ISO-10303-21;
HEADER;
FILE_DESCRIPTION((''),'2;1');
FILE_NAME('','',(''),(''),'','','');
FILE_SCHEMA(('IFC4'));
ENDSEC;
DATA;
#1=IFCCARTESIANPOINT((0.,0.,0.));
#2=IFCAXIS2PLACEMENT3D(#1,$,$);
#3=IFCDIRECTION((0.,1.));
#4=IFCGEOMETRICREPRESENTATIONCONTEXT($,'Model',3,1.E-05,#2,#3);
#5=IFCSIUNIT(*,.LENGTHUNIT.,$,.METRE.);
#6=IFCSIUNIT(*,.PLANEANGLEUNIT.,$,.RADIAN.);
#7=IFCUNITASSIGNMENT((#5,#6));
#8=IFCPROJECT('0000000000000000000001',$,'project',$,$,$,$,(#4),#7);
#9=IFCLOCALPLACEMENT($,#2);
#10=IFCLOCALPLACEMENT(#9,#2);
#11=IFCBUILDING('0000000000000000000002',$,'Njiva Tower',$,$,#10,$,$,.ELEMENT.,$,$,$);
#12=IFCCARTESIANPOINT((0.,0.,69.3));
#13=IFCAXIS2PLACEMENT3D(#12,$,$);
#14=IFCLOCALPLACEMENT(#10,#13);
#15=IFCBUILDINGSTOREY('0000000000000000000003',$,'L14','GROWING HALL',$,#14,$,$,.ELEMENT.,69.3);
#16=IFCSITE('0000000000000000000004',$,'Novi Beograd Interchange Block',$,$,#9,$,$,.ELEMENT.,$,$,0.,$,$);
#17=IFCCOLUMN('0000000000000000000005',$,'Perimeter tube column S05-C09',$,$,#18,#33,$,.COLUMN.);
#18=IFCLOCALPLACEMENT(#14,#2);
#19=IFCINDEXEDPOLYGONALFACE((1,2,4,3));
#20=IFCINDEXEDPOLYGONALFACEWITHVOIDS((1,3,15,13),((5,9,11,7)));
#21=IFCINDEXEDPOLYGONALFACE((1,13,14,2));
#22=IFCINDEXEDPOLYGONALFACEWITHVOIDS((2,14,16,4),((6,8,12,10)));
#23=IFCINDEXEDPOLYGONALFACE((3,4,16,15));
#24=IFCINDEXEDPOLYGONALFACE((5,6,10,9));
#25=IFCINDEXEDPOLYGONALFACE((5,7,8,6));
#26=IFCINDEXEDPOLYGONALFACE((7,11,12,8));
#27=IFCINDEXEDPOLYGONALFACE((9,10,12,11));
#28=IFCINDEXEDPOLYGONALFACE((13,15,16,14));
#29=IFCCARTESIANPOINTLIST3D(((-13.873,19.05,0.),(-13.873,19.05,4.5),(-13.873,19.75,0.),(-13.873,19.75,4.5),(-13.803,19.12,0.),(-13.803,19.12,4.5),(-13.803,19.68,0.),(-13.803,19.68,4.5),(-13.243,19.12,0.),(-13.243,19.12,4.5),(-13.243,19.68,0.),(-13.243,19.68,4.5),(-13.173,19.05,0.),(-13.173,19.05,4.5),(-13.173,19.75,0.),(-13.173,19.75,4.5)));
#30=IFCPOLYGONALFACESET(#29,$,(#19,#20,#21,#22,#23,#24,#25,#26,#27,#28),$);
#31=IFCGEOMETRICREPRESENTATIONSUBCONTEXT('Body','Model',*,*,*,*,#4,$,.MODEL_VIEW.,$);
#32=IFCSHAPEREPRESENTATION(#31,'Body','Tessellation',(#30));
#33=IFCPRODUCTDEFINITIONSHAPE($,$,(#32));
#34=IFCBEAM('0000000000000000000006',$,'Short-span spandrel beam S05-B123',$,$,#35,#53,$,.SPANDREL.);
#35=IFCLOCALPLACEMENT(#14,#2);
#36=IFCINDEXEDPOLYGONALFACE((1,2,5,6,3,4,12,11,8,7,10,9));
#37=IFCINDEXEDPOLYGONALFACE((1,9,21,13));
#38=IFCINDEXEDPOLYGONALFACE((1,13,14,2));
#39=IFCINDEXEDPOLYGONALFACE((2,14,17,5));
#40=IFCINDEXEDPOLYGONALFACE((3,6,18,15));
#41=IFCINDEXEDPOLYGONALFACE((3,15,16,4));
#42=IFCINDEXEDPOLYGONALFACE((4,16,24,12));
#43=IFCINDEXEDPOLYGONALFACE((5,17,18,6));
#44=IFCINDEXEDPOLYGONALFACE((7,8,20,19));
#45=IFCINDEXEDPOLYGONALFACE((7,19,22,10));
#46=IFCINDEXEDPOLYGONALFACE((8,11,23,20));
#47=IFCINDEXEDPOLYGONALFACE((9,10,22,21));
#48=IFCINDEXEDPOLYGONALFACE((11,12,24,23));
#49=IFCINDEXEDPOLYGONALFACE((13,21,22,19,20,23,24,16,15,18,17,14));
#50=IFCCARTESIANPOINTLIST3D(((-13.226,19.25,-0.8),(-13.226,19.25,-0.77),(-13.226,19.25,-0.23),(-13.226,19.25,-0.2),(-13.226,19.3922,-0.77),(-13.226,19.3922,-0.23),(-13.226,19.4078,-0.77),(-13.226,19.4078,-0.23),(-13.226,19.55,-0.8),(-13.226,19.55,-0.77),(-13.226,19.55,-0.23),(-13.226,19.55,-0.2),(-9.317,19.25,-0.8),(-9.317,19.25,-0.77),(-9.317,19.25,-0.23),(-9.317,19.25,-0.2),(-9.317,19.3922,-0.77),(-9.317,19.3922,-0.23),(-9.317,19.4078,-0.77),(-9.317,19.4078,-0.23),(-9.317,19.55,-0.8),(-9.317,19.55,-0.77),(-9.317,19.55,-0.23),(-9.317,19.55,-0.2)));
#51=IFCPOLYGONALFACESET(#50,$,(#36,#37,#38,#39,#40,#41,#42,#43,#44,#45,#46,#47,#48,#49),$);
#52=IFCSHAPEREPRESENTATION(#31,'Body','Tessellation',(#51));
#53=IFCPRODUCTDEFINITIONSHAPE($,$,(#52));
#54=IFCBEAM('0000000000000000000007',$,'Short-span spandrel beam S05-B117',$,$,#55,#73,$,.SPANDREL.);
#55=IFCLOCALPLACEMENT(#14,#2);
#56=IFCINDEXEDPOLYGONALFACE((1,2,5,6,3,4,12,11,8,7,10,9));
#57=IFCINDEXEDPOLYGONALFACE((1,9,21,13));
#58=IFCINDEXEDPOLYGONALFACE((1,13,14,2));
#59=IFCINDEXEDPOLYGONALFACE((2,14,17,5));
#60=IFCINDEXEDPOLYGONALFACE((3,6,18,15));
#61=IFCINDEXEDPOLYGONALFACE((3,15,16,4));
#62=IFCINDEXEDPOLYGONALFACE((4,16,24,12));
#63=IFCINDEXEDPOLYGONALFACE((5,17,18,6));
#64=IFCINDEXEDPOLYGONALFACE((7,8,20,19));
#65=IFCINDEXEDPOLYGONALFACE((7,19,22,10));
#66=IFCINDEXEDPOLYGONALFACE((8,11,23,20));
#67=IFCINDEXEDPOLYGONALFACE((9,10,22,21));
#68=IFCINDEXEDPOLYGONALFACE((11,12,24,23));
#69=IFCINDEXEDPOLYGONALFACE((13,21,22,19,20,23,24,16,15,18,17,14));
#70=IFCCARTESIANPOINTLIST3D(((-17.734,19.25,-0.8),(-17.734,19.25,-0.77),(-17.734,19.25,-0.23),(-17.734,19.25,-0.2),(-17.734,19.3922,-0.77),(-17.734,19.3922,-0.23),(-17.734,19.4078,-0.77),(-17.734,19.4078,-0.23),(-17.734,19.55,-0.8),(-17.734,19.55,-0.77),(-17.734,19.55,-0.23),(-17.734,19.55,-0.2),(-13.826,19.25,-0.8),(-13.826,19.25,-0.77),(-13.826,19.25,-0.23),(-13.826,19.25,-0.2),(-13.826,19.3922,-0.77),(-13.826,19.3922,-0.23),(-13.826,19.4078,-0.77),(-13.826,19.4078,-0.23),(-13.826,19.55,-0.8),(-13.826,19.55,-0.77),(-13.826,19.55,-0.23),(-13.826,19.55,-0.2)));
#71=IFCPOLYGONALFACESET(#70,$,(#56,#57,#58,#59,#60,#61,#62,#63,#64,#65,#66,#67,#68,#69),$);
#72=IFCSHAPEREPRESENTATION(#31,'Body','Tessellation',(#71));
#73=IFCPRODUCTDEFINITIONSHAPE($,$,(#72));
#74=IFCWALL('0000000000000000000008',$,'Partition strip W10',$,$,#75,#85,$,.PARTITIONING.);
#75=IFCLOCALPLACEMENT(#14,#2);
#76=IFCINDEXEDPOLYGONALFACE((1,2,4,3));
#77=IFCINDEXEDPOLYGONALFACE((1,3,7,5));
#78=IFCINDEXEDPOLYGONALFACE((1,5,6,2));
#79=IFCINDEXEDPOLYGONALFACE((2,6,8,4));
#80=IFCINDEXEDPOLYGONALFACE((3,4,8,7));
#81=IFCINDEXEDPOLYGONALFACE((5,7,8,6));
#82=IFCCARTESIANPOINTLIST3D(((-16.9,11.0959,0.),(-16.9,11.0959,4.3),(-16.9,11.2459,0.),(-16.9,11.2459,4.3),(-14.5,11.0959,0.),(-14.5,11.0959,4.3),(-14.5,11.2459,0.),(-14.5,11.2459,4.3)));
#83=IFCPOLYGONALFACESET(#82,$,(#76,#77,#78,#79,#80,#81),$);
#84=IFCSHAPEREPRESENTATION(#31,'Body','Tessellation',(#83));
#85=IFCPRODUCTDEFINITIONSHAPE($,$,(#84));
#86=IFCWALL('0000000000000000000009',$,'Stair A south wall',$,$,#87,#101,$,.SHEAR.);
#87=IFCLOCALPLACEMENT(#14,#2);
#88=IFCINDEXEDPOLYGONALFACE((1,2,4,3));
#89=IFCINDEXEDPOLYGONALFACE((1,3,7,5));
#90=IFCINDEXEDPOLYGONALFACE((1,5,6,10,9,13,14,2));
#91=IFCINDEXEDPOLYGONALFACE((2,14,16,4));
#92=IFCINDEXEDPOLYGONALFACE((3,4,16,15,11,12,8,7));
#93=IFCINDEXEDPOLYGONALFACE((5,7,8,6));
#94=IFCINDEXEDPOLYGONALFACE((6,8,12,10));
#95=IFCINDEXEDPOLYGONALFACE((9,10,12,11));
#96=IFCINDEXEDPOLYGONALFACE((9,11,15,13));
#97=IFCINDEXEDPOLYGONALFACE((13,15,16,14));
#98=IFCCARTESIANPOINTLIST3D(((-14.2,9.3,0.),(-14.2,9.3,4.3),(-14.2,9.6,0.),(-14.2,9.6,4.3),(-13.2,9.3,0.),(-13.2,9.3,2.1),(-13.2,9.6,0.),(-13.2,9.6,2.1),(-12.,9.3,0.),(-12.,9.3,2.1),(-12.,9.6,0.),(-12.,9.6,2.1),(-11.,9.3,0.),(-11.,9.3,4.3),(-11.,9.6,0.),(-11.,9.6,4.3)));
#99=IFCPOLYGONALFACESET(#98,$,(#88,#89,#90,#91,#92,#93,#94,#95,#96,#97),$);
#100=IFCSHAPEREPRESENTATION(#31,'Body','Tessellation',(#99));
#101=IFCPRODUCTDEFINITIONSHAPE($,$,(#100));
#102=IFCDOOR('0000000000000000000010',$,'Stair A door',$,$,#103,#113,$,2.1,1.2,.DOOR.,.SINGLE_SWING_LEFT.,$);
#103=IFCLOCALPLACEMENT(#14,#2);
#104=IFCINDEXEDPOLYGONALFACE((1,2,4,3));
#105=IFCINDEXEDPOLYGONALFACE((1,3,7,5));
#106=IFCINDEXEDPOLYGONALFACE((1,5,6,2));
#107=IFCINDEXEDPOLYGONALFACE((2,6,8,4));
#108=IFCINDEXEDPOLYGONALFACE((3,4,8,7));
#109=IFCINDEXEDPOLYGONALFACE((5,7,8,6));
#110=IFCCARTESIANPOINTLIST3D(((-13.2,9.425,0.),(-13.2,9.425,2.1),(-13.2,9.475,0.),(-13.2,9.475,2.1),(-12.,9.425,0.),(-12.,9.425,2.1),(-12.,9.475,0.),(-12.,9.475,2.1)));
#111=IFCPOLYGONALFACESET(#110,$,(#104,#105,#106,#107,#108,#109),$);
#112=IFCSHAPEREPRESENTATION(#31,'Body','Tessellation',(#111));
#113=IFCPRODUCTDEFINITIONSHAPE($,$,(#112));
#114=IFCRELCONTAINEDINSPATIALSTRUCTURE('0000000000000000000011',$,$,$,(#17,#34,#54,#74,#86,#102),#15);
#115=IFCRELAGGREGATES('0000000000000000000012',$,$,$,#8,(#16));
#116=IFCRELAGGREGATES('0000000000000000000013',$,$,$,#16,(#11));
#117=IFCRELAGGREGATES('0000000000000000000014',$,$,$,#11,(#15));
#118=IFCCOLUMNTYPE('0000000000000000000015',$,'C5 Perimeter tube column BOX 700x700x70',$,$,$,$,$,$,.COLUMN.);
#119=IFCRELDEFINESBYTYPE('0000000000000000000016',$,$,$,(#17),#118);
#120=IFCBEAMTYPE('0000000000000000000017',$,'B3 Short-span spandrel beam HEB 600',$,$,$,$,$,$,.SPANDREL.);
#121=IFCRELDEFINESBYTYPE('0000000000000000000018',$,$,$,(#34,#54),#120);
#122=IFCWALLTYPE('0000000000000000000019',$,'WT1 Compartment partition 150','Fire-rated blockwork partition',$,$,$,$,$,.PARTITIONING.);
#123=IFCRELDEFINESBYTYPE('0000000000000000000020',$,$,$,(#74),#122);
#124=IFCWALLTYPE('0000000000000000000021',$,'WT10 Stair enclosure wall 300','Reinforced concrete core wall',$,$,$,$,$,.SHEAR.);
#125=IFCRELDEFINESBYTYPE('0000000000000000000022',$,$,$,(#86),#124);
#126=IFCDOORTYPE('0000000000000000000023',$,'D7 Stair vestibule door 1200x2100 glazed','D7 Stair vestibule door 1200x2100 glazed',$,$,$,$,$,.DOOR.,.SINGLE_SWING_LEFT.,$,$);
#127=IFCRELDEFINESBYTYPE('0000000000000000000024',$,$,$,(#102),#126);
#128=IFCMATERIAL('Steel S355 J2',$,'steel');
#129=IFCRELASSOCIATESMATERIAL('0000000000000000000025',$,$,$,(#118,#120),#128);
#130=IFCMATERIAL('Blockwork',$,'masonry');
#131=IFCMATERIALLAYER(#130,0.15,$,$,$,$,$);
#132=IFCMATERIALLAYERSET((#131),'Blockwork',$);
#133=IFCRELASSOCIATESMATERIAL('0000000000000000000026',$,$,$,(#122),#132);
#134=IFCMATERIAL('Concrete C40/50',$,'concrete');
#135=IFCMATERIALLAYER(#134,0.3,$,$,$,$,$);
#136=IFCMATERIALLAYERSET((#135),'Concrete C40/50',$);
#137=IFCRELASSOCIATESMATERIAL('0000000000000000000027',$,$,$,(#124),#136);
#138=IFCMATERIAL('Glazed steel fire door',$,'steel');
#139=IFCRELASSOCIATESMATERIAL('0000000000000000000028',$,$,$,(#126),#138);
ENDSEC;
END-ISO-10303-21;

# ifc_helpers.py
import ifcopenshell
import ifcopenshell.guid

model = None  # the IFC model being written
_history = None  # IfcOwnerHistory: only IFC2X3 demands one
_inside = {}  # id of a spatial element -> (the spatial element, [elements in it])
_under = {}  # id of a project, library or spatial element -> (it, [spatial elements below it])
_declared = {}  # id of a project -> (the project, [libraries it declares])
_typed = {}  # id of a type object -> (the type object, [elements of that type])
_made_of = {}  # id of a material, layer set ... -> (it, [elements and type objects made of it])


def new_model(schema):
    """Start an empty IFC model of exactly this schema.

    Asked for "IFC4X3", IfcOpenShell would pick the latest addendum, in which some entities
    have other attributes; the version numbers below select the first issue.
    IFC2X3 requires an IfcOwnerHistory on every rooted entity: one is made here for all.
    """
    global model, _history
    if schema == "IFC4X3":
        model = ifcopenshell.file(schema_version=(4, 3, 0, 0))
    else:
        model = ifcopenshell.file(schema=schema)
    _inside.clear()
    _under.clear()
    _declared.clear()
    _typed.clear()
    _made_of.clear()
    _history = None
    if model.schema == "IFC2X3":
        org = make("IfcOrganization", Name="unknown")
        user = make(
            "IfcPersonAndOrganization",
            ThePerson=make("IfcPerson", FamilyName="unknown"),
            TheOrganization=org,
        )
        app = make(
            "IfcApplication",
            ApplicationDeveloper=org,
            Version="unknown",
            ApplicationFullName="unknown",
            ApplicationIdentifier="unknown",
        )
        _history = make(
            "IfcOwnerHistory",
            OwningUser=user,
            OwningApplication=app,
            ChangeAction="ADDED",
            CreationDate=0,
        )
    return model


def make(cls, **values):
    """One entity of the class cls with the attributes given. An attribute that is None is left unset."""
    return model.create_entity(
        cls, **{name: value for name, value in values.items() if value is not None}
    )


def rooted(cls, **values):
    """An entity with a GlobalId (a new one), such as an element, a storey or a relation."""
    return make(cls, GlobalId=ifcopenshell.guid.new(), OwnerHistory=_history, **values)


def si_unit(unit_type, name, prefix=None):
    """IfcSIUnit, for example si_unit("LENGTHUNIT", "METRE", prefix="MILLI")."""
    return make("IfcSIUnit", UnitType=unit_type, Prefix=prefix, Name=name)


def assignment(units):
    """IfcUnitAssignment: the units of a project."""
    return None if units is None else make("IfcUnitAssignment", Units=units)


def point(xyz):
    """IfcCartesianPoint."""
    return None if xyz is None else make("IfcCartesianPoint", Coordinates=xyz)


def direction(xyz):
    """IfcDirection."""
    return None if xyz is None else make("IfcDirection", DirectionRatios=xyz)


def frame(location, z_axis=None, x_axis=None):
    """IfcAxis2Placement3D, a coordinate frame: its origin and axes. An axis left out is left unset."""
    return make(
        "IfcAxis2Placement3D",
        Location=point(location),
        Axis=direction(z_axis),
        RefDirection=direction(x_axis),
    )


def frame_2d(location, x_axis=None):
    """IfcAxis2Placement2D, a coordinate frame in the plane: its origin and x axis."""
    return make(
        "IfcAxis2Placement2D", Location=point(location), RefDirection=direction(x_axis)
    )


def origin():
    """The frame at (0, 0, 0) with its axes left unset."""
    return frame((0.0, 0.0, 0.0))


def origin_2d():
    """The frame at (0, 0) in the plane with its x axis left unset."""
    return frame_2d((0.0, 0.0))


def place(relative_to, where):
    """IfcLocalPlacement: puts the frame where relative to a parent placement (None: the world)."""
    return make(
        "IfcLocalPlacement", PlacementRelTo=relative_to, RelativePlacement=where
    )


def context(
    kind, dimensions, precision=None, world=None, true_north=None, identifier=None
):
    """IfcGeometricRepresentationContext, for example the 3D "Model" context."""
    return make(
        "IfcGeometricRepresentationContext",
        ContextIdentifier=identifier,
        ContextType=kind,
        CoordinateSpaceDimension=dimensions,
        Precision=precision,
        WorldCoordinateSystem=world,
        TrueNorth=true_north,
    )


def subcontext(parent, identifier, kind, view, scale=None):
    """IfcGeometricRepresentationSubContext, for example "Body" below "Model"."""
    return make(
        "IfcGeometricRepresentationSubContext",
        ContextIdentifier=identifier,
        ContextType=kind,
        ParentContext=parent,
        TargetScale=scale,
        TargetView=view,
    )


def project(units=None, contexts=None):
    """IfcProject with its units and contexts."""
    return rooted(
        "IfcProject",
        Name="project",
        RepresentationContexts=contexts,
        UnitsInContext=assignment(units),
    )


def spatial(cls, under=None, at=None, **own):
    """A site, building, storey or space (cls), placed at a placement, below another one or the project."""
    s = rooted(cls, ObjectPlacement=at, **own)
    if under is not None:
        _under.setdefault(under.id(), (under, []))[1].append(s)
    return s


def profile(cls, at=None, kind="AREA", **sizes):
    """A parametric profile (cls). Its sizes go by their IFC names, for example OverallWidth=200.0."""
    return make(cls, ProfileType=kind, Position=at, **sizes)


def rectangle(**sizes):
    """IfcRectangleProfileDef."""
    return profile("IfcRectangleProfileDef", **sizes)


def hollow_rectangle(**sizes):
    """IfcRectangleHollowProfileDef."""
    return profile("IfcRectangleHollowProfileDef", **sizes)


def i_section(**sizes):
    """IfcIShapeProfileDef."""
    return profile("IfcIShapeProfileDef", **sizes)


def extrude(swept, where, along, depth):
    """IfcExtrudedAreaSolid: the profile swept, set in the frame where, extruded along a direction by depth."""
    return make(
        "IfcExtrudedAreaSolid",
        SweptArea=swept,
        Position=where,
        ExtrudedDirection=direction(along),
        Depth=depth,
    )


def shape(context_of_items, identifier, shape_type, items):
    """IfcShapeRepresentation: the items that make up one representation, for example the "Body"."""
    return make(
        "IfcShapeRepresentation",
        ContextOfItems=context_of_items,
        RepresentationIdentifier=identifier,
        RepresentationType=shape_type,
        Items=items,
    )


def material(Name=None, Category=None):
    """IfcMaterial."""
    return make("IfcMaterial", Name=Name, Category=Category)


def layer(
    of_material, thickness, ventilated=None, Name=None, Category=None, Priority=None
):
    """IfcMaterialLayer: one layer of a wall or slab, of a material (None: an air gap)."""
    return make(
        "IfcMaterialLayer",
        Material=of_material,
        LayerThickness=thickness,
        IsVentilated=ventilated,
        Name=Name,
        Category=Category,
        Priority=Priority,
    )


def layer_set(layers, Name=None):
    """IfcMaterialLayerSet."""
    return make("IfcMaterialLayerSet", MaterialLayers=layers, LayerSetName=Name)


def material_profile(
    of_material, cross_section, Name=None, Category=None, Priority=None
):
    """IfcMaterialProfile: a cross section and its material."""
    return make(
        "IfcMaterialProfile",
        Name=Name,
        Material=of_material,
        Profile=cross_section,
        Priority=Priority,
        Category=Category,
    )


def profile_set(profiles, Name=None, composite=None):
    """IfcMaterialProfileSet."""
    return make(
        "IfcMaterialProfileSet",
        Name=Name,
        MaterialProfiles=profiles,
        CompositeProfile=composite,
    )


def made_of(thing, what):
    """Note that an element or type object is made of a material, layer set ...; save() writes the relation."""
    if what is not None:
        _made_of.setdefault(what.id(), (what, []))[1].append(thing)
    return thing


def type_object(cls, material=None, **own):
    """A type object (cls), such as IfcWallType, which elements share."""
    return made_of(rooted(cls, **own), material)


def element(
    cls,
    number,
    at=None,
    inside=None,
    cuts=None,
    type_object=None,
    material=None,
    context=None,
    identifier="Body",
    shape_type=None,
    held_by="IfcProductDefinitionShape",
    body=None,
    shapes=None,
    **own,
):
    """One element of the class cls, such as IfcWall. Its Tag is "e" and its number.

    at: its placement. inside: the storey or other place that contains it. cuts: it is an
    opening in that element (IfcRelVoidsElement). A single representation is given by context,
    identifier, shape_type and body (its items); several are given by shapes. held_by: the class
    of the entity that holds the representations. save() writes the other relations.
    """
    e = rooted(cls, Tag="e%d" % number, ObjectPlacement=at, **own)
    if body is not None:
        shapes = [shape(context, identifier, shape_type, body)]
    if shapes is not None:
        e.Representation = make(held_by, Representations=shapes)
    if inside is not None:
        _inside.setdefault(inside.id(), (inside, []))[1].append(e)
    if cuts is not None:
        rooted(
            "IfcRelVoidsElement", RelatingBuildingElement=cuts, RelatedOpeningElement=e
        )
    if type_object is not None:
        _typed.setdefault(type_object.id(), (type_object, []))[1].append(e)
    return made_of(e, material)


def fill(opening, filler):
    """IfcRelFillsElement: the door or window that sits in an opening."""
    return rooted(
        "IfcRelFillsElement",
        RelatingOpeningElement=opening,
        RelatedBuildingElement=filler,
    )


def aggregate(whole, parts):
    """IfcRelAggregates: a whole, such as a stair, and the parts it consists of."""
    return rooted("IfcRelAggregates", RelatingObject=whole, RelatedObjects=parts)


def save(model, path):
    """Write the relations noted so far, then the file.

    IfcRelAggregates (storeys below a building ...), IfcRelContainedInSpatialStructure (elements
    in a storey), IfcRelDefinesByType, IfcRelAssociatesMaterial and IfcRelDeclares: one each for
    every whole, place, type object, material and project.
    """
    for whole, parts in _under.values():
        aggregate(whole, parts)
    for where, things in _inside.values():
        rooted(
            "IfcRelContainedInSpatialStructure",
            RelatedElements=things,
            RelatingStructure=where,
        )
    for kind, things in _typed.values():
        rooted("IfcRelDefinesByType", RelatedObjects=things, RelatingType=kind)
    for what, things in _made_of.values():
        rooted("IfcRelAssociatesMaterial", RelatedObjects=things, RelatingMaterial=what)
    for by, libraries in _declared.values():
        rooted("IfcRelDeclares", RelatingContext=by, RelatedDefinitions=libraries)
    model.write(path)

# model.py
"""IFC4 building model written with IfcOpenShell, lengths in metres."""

from ifc_helpers import new_model, si_unit, direction, frame, frame_2d, origin, origin_2d, place, context, subcontext, project, spatial, rectangle, hollow_rectangle, i_section, extrude, material, layer, layer_set, material_profile, profile_set, type_object, element, fill, save


model = new_model("IFC4")

# Units and contexts
model_context = context("Model", 3, precision=1e-05, world=origin(), true_north=direction((0.0, 1.0)))
body_context = subcontext(model_context, "Body", "Model", "MODEL_VIEW")
ifc_project = project(units=[si_unit("LENGTHUNIT", "METRE"), si_unit("PLANEANGLEUNIT", "RADIAN")], contexts=[model_context])

# Site, building, storey
site_placement = place(None, origin())
site = spatial("IfcSite", under=ifc_project, at=site_placement, Name="Novi Beograd Interchange Block", CompositionType="ELEMENT", RefElevation=0.0)
building_placement = place(site_placement, origin())
building = spatial("IfcBuilding", under=site, at=building_placement, Name="Njiva Tower", CompositionType="ELEMENT")
storey_placement = place(building_placement, frame((0.0, 0.0, 69.3)))
storey = spatial("IfcBuildingStorey", under=building, at=storey_placement, Name="L14", Description="GROWING HALL", CompositionType="ELEMENT", Elevation=69.3)

# Column
ifc_material_1 = material(Name="Steel S355 J2", Category="steel")
ifc_material_profile_1 = material_profile(ifc_material_1, hollow_rectangle(XDim=0.7, YDim=0.7, WallThickness=0.07, at=origin_2d()), Name="BOX 700x700x70")
ifc_profile_set_1 = profile_set([ifc_material_profile_1], Name="Steel S355 J2")
column_type = type_object("IfcColumnType", Name="C5 Perimeter tube column BOX 700x700x70", PredefinedType="COLUMN", material=ifc_profile_set_1)
column_placement = place(storey_placement, frame((-13.523, 19.4, 0.0), z_axis=(0.0, 0.0, 1.0), x_axis=(-1.0, 0.0, 0.0)))
element("IfcColumn", 1, at=column_placement, inside=storey, type_object=column_type, Name="Perimeter tube column S05-C09", PredefinedType="COLUMN", context=body_context, shape_type="SweptSolid", body=[
    extrude(hollow_rectangle(XDim=0.7, YDim=0.7, WallThickness=0.07, at=origin_2d()), origin(), (0.0, 0.0, 1.0), 4.5),
])

# Beams
ifc_material_profile_2 = material_profile(ifc_material_1, i_section(OverallWidth=0.3, OverallDepth=0.6, WebThickness=0.0155, FlangeThickness=0.03, at=origin_2d()), Name="HEB 600")
ifc_profile_set_2 = profile_set([ifc_material_profile_2], Name="Steel S355 J2")
beam_type = type_object("IfcBeamType", Name="B3 Short-span spandrel beam HEB 600", PredefinedType="SPANDREL", material=ifc_profile_set_2)
beam_1_placement = place(storey_placement, frame((-9.317, 19.4, -0.5), z_axis=(-1.0, 0.0, 0.0), x_axis=(0.0, -1.0, 0.0)))
element("IfcBeam", 2, at=beam_1_placement, inside=storey, type_object=beam_type, Name="Short-span spandrel beam S05-B123", PredefinedType="SPANDREL", context=body_context, shape_type="SweptSolid", body=[
    extrude(i_section(OverallWidth=0.3, OverallDepth=0.6, WebThickness=0.0155, FlangeThickness=0.03, at=origin_2d()), origin(), (0.0, 0.0, 1.0), 3.909),
])
beam_2_placement = place(storey_placement, frame((-13.826, 19.4, -0.5), z_axis=(-1.0, 0.0, 0.0), x_axis=(0.0, -1.0, 0.0)))
element("IfcBeam", 3, at=beam_2_placement, inside=storey, type_object=beam_type, Name="Short-span spandrel beam S05-B117", PredefinedType="SPANDREL", context=body_context, shape_type="SweptSolid", body=[
    extrude(i_section(OverallWidth=0.3, OverallDepth=0.6, WebThickness=0.0155, FlangeThickness=0.03, at=origin_2d()), origin(), (0.0, 0.0, 1.0), 3.908),
])

# Wall
ifc_material_2 = material(Name="Blockwork", Category="masonry")
ifc_layer_1 = layer(ifc_material_2, 0.15)
ifc_layer_set_1 = layer_set([ifc_layer_1], Name="Blockwork")
wall_type_1 = type_object("IfcWallType", Name="WT1 Compartment partition 150", Description="Fire-rated blockwork partition", PredefinedType="PARTITIONING", material=ifc_layer_set_1)
wall_1_placement = place(storey_placement, frame((-16.9, 11.1709, 0.0), z_axis=(0.0, 0.0, 1.0), x_axis=(1.0, 0.0, 0.0)))
element("IfcWall", 4, at=wall_1_placement, inside=storey, type_object=wall_type_1, Name="Partition strip W10", PredefinedType="PARTITIONING", context=body_context, shape_type="SweptSolid", body=[
    extrude(rectangle(XDim=2.4, YDim=0.15, at=frame_2d((1.2, 0.0))), origin(), (0.0, 0.0, 1.0), 4.3),
])

# Wall, opening, door
ifc_material_3 = material(Name="Concrete C40/50", Category="concrete")
ifc_layer_2 = layer(ifc_material_3, 0.3)
ifc_layer_set_2 = layer_set([ifc_layer_2], Name="Concrete C40/50")
wall_type_2 = type_object("IfcWallType", Name="WT10 Stair enclosure wall 300", Description="Reinforced concrete core wall", PredefinedType="SHEAR", material=ifc_layer_set_2)
wall_2_placement = place(storey_placement, frame((-14.2, 9.45, 0.0), z_axis=(0.0, 0.0, 1.0), x_axis=(1.0, 0.0, 0.0)))
wall_2 = element("IfcWall", 5, at=wall_2_placement, inside=storey, type_object=wall_type_2, Name="Stair A south wall", PredefinedType="SHEAR", context=body_context, shape_type="SweptSolid", body=[
    extrude(rectangle(XDim=3.2, YDim=0.3, at=frame_2d((1.6, 0.0))), origin(), (0.0, 0.0, 1.0), 4.3),
])
opening_1_placement = place(wall_2_placement, frame((1.0, 0.0, 0.0)))
opening_1 = element("IfcOpeningElement", 6, at=opening_1_placement, cuts=wall_2, PredefinedType="OPENING", context=body_context, shape_type="SweptSolid", body=[
    extrude(rectangle(XDim=1.2, YDim=2.1, at=frame_2d((0.6, 1.05))), frame((0.0, 0.16, 0.0), z_axis=(0.0, -1.0, 0.0), x_axis=(1.0, 0.0, 0.0)), (0.0, 0.0, 1.0), 0.32),
])
ifc_material_4 = material(Name="Glazed steel fire door", Category="steel")
door_type_1 = type_object("IfcDoorType", Name="D7 Stair vestibule door 1200x2100 glazed", Description="D7 Stair vestibule door 1200x2100 glazed", OperationType="SINGLE_SWING_LEFT", PredefinedType="DOOR", material=ifc_material_4)
door_1_placement = place(opening_1_placement, origin())
door_1 = element("IfcDoor", 7, at=door_1_placement, inside=storey, type_object=door_type_1, Name="Stair A door", OperationType="SINGLE_SWING_LEFT", OverallHeight=2.1, OverallWidth=1.2, PredefinedType="DOOR", context=body_context, shape_type="SweptSolid", body=[
    extrude(rectangle(XDim=1.2, YDim=2.1, at=frame_2d((0.6, 1.05))), frame((0.0, 0.025, 0.0), z_axis=(0.0, -1.0, 0.0), x_axis=(1.0, 0.0, 0.0)), (0.0, 0.0, 1.0), 0.05),
])
fill(opening_1, door_1)

save(model, "model.ifc")
